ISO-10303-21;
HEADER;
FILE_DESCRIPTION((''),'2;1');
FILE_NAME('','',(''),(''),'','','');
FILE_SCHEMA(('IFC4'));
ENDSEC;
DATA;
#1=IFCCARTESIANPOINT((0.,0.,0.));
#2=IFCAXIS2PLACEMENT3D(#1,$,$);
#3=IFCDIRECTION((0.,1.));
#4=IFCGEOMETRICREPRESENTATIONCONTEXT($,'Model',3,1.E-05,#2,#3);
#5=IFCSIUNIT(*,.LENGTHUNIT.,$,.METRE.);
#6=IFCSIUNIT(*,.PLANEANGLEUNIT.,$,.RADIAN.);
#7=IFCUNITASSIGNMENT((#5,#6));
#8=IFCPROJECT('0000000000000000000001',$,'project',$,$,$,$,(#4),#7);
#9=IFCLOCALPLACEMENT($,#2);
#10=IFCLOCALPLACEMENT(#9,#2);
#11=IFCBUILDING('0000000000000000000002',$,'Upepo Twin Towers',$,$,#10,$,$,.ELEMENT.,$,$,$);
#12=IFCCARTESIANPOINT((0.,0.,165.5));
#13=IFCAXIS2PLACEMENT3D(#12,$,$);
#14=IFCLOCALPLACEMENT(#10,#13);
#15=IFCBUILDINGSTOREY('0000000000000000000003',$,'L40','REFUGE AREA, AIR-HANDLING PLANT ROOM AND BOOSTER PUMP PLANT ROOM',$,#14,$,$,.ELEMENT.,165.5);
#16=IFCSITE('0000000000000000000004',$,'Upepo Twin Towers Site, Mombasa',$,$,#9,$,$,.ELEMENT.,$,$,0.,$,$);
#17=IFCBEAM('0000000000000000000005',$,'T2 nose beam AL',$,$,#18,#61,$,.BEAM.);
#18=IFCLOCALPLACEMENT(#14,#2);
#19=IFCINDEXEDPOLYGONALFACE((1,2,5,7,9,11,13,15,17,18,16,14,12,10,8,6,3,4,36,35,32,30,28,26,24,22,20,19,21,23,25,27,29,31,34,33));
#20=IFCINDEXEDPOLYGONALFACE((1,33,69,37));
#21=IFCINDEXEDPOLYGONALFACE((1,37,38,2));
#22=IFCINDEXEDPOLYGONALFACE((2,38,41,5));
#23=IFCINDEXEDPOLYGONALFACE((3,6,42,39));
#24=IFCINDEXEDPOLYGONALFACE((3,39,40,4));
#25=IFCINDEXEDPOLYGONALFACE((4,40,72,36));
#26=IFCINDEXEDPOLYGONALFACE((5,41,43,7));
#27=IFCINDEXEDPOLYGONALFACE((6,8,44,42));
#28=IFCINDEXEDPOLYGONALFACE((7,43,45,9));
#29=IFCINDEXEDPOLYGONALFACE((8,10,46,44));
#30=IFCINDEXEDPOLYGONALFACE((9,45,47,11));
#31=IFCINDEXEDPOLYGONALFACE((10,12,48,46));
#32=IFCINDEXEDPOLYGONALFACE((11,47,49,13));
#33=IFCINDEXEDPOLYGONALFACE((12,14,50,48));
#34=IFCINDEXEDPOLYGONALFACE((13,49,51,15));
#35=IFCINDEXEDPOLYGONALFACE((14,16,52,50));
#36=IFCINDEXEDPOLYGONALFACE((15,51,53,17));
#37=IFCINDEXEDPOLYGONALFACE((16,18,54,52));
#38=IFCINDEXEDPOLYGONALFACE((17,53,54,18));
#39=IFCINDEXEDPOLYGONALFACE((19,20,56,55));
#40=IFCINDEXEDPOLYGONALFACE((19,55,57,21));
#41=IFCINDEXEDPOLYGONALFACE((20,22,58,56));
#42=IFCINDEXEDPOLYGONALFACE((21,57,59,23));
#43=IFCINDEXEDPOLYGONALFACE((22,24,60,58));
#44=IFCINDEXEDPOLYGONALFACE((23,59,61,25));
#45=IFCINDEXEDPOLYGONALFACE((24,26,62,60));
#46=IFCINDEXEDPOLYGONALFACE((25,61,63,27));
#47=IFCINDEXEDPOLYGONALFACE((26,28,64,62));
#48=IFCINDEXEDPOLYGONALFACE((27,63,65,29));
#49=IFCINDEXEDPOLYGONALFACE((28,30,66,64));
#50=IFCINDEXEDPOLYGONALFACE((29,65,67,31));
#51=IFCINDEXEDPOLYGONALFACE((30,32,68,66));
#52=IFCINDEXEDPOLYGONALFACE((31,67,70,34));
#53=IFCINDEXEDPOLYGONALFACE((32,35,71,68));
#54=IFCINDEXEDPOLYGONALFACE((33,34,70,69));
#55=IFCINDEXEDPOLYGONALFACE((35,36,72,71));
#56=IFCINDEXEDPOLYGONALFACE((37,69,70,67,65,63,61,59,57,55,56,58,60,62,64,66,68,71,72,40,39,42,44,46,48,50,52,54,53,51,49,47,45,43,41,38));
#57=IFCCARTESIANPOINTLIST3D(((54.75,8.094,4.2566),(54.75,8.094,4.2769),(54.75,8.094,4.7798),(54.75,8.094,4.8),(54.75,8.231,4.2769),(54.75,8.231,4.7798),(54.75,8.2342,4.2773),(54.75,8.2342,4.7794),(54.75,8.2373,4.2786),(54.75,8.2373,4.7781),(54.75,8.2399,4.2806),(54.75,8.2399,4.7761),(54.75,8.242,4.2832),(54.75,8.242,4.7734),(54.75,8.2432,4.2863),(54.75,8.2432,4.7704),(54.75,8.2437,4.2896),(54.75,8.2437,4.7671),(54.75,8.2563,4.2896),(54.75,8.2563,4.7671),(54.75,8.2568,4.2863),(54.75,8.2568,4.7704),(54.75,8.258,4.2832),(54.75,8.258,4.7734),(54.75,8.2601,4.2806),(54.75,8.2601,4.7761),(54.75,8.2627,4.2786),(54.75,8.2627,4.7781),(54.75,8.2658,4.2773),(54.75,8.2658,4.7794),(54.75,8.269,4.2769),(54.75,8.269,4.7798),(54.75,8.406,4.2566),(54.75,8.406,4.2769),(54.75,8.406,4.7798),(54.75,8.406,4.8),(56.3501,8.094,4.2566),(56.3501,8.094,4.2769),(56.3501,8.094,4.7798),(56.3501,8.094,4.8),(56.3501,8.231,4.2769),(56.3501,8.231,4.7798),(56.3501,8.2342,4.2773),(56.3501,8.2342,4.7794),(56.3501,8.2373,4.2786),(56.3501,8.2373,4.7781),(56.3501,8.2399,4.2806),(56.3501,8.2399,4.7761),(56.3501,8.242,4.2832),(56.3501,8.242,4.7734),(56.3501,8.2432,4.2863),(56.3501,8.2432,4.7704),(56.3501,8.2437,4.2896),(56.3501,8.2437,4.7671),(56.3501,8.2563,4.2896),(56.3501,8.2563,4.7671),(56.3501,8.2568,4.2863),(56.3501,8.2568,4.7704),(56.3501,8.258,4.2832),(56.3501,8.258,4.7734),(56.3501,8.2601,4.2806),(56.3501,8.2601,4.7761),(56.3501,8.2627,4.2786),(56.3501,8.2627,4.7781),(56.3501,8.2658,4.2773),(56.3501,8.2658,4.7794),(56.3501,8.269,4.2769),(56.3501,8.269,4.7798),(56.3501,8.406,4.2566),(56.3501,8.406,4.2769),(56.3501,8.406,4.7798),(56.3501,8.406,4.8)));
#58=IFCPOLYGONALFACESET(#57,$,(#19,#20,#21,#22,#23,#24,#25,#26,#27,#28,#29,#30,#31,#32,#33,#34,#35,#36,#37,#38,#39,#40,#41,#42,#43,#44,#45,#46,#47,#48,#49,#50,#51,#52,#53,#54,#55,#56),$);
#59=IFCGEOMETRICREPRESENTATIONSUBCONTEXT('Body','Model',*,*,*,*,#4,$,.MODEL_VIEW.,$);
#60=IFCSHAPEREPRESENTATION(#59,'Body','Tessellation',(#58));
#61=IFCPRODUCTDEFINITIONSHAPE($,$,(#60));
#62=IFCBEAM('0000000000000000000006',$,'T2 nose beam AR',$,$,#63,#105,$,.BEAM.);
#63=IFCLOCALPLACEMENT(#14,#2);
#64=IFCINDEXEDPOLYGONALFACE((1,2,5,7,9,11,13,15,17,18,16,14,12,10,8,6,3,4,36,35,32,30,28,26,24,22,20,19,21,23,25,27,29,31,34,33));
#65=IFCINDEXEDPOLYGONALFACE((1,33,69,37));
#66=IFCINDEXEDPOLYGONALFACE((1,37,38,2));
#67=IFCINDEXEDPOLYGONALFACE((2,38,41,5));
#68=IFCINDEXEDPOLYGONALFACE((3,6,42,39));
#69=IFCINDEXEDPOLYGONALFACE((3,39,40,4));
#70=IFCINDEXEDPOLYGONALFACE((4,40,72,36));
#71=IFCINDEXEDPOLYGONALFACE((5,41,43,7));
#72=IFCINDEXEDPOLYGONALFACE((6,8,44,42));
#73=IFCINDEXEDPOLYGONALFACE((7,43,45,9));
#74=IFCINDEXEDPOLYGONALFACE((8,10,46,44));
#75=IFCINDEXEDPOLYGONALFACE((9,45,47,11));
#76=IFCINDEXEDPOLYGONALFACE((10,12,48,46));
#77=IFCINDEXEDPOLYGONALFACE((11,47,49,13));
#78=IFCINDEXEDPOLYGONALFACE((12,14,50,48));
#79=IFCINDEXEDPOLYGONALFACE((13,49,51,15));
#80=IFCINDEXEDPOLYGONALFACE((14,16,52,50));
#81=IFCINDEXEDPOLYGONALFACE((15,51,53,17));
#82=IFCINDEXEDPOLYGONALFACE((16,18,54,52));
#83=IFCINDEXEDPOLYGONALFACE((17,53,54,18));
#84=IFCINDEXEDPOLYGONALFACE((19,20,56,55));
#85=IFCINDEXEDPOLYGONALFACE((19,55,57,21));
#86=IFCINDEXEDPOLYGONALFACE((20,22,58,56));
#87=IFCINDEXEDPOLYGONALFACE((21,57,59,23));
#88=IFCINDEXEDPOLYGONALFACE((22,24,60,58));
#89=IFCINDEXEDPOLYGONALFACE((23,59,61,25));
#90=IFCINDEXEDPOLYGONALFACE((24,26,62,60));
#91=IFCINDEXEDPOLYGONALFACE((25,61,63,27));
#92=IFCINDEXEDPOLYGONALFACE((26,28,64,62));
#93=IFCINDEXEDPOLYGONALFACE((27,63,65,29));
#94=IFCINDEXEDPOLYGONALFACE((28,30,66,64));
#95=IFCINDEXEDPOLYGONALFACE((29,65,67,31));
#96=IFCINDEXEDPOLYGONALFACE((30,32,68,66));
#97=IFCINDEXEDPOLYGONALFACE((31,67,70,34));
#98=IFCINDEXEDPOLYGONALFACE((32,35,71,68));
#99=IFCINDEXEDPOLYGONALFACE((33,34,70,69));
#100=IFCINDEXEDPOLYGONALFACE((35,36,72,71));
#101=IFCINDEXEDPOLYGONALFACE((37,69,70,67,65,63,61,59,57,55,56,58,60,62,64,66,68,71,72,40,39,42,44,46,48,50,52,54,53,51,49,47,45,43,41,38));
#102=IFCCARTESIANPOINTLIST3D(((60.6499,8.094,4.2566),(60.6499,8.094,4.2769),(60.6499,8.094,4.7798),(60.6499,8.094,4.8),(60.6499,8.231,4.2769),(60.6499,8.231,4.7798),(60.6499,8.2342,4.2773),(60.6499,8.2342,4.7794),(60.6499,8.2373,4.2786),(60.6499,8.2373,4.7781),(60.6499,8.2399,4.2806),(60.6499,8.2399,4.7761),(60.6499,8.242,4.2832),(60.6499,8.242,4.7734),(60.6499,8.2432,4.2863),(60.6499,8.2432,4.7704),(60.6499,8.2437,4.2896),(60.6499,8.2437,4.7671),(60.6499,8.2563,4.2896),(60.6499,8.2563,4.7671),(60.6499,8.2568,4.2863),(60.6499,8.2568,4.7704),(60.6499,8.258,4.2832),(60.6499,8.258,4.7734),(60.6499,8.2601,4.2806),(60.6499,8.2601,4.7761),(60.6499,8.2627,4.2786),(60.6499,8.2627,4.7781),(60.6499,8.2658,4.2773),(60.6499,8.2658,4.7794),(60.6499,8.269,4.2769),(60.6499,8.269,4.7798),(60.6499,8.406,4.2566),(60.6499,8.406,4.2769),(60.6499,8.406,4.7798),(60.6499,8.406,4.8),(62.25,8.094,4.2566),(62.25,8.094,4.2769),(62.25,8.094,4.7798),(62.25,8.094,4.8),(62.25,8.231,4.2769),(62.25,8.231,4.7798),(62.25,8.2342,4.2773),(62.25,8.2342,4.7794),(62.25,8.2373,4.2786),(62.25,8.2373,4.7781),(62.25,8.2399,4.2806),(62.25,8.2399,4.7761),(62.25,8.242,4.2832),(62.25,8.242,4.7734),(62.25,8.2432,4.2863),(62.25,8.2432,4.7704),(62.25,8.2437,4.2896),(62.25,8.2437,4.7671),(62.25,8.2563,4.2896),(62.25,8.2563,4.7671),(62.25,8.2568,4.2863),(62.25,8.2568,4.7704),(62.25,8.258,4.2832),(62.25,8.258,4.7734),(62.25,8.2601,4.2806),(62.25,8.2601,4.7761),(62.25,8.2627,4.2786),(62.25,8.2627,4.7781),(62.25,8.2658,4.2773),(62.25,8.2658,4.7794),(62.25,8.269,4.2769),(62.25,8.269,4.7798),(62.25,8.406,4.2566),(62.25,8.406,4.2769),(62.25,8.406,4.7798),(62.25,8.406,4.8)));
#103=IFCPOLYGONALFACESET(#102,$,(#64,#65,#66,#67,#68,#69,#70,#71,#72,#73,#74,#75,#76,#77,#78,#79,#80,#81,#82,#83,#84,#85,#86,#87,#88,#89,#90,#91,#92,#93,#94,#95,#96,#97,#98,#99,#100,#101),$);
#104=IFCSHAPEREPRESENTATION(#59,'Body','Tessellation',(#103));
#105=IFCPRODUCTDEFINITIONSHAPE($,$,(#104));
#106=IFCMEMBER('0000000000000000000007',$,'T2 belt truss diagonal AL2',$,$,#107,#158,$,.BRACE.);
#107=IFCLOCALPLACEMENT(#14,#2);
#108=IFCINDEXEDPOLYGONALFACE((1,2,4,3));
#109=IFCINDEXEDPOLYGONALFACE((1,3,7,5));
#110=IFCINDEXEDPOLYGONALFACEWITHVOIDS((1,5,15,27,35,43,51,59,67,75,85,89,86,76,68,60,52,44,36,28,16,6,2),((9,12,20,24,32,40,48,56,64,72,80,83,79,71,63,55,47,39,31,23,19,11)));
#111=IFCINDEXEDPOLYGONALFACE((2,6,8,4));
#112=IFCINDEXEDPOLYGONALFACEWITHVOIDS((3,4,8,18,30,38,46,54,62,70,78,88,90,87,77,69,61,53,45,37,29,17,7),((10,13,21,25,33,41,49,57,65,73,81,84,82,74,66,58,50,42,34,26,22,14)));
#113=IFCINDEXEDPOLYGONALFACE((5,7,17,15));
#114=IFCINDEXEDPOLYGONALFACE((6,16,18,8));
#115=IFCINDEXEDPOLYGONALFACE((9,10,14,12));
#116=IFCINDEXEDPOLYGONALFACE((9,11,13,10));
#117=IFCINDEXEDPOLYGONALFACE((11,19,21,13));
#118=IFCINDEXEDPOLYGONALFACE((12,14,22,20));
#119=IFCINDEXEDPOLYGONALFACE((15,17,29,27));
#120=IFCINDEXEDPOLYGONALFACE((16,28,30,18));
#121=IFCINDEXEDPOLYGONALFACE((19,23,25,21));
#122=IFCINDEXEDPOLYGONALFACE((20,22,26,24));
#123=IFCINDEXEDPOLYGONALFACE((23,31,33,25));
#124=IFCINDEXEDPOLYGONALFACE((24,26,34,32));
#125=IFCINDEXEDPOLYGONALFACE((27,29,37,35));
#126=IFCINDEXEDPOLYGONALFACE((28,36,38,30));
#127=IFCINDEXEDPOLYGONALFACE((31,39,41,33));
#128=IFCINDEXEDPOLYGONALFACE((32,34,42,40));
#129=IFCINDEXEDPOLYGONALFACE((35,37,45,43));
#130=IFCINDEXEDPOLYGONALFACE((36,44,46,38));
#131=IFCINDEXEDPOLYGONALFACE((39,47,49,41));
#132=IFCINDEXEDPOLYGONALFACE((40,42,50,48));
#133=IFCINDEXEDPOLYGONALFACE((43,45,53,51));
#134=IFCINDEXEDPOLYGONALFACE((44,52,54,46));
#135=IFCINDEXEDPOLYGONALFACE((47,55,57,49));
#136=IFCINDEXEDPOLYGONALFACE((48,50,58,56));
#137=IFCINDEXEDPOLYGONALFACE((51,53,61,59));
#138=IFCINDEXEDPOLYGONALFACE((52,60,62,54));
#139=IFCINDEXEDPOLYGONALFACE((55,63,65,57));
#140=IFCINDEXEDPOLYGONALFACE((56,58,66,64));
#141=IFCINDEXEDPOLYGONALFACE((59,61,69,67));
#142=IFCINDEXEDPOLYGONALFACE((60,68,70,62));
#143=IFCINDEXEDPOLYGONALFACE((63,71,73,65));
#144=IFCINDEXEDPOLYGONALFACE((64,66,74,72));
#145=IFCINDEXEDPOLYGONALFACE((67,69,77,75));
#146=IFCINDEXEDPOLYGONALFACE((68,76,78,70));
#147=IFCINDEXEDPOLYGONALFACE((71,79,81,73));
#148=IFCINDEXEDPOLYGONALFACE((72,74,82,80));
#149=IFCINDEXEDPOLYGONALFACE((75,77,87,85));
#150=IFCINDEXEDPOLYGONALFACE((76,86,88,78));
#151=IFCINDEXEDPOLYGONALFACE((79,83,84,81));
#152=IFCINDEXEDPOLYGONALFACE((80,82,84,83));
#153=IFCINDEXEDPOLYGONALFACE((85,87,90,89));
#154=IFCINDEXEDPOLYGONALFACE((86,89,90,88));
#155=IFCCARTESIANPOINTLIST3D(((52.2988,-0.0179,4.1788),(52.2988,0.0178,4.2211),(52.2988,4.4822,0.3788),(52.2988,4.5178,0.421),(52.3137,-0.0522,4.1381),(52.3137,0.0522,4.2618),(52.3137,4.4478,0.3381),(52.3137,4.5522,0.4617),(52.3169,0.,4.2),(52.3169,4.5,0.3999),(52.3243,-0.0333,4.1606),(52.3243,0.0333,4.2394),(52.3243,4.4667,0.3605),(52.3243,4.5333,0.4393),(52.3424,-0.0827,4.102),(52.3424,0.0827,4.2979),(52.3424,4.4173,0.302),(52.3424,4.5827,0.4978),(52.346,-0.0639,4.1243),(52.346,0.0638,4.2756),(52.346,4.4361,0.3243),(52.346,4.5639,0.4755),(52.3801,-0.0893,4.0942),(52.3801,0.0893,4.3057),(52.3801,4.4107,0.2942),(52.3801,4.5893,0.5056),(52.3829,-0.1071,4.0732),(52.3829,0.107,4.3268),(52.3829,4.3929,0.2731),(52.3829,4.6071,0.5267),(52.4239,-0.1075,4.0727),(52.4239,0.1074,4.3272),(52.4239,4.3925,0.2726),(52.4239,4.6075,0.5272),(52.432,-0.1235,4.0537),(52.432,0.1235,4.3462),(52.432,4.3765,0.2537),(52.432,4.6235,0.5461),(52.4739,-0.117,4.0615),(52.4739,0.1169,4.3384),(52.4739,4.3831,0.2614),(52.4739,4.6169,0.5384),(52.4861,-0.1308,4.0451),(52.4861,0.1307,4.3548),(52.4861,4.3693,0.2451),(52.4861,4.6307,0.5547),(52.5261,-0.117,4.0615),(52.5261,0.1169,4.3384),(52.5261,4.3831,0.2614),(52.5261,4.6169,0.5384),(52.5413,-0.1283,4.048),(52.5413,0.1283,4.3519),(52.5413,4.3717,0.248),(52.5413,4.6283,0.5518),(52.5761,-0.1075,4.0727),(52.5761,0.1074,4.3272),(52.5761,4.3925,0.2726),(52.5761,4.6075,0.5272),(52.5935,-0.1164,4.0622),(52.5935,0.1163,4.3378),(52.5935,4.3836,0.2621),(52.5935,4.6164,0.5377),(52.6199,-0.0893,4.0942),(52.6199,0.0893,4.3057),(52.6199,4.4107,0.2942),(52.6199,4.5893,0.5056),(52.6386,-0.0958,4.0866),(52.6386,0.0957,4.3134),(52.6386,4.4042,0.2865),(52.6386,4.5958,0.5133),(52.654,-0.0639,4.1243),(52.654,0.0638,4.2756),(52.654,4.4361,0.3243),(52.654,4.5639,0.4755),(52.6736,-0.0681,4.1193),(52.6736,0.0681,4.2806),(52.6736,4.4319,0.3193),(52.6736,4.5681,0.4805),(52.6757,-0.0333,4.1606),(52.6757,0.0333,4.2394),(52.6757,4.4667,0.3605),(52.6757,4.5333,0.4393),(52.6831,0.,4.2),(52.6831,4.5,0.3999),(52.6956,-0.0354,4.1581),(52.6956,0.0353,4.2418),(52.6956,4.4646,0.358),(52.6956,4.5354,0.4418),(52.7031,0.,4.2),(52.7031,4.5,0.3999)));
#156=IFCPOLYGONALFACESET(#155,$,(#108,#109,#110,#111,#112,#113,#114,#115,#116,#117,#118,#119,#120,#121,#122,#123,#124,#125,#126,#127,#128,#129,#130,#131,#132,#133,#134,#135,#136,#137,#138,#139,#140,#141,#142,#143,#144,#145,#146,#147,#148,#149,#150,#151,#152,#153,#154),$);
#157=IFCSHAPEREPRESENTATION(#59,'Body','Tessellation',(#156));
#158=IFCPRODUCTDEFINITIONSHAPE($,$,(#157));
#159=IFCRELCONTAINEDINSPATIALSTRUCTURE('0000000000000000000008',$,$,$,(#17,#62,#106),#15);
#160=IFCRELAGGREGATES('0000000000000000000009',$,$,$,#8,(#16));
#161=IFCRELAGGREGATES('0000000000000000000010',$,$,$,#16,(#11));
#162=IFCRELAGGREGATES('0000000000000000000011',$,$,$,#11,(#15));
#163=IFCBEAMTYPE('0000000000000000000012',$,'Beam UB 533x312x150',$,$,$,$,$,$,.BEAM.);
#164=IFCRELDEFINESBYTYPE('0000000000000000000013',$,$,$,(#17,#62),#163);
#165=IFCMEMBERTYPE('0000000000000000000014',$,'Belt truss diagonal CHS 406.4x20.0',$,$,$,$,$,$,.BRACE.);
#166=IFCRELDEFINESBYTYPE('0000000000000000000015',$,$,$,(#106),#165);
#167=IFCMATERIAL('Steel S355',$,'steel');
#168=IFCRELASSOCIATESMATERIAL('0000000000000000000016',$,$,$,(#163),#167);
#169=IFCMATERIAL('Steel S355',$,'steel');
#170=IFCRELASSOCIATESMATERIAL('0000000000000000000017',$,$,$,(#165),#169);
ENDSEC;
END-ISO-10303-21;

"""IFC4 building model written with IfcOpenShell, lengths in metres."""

from ifc_helpers import new_model, si_unit, direction, frame, origin, origin_2d, place, context, subcontext, project, spatial, hollow_circle, i_section, extrude, material, material_profile, profile_set, type_object, element, save


model = new_model("IFC4")

# Units and contexts
model_context = context("Model", 3, precision=1e-05, world=origin(), true_north=direction((0.0, 1.0)))
body_context = subcontext(model_context, "Body", "Model", "MODEL_VIEW")
ifc_project = project(units=[si_unit("LENGTHUNIT", "METRE"), si_unit("PLANEANGLEUNIT", "RADIAN")], contexts=[model_context])

# Site, building, storey
site_placement = place(None, origin())
site = spatial("IfcSite", under=ifc_project, at=site_placement, Name="Upepo Twin Towers Site, Mombasa", CompositionType="ELEMENT", RefElevation=0.0)
building_placement = place(site_placement, origin())
building = spatial("IfcBuilding", under=site, at=building_placement, Name="Upepo Twin Towers", CompositionType="ELEMENT")
storey_placement = place(building_placement, frame((0.0, 0.0, 165.5)))
storey = spatial("IfcBuildingStorey", under=building, at=storey_placement, Name="L40", Description="REFUGE AREA, AIR-HANDLING PLANT ROOM AND BOOSTER PUMP PLANT ROOM", CompositionType="ELEMENT", Elevation=165.5)

# Beams
ifc_material_1 = material(Name="Steel S355", Category="steel")
ifc_material_profile_1 = material_profile(ifc_material_1, i_section(OverallWidth=0.312, OverallDepth=0.5435, WebThickness=0.0127, FlangeThickness=0.0203, FilletRadius=0.0127, at=origin_2d()), Name="UB 533x312x150")
ifc_profile_set_1 = profile_set([ifc_material_profile_1], Name="Steel S355")
beam_type_1 = type_object("IfcBeamType", Name="Beam UB 533x312x150", PredefinedType="BEAM", material=ifc_profile_set_1)
for number, where, z_axis, x_axis, name in (
    (1, (54.75, 8.25, 4.5283), (1.0, 0.0, 0.0), (0.0, 1.0, 0.0), "T2 nose beam AL"),
    (2, (62.25, 8.25, 4.5283), (-1.0, 0.0, 0.0), (0.0, -1.0, 0.0), "T2 nose beam AR"),
):
    element("IfcBeam", number, at=place(storey_placement, frame(where, z_axis=z_axis, x_axis=x_axis)), inside=storey, type_object=beam_type_1, Name=name, PredefinedType="BEAM", context=body_context, shape_type="SweptSolid", body=[
        extrude(i_section(OverallWidth=0.312, OverallDepth=0.5435, WebThickness=0.0127, FlangeThickness=0.0203, FilletRadius=0.0127, at=origin_2d()), origin(), (0.0, 0.0, 1.0), 1.6001),
    ])

# Member
ifc_material_2 = material(Name="Steel S355", Category="steel")
ifc_material_profile_2 = material_profile(ifc_material_2, hollow_circle(Radius=0.2031, WallThickness=0.02, at=origin_2d()), Name="CHS 406.4x20.0")
ifc_profile_set_2 = profile_set([ifc_material_profile_2], Name="Steel S355")
member_type = type_object("IfcMemberType", Name="Belt truss diagonal CHS 406.4x20.0", PredefinedType="BRACE", material=ifc_profile_set_2)
member_1_placement = place(storey_placement, frame((52.5, 4.5, 0.3999), z_axis=(0.0, -0.764026, 0.645186), x_axis=(1.0, 0.0, 0.0)))
element("IfcMember", 3, at=member_1_placement, inside=storey, type_object=member_type, Name="T2 belt truss diagonal AL2", PredefinedType="BRACE", context=body_context, shape_type="SweptSolid", body=[
    extrude(hollow_circle(Radius=0.2031, WallThickness=0.02, at=origin_2d()), origin(), (0.0, 0.0, 1.0), 5.8899),
])

save(model, "model.ifc")
